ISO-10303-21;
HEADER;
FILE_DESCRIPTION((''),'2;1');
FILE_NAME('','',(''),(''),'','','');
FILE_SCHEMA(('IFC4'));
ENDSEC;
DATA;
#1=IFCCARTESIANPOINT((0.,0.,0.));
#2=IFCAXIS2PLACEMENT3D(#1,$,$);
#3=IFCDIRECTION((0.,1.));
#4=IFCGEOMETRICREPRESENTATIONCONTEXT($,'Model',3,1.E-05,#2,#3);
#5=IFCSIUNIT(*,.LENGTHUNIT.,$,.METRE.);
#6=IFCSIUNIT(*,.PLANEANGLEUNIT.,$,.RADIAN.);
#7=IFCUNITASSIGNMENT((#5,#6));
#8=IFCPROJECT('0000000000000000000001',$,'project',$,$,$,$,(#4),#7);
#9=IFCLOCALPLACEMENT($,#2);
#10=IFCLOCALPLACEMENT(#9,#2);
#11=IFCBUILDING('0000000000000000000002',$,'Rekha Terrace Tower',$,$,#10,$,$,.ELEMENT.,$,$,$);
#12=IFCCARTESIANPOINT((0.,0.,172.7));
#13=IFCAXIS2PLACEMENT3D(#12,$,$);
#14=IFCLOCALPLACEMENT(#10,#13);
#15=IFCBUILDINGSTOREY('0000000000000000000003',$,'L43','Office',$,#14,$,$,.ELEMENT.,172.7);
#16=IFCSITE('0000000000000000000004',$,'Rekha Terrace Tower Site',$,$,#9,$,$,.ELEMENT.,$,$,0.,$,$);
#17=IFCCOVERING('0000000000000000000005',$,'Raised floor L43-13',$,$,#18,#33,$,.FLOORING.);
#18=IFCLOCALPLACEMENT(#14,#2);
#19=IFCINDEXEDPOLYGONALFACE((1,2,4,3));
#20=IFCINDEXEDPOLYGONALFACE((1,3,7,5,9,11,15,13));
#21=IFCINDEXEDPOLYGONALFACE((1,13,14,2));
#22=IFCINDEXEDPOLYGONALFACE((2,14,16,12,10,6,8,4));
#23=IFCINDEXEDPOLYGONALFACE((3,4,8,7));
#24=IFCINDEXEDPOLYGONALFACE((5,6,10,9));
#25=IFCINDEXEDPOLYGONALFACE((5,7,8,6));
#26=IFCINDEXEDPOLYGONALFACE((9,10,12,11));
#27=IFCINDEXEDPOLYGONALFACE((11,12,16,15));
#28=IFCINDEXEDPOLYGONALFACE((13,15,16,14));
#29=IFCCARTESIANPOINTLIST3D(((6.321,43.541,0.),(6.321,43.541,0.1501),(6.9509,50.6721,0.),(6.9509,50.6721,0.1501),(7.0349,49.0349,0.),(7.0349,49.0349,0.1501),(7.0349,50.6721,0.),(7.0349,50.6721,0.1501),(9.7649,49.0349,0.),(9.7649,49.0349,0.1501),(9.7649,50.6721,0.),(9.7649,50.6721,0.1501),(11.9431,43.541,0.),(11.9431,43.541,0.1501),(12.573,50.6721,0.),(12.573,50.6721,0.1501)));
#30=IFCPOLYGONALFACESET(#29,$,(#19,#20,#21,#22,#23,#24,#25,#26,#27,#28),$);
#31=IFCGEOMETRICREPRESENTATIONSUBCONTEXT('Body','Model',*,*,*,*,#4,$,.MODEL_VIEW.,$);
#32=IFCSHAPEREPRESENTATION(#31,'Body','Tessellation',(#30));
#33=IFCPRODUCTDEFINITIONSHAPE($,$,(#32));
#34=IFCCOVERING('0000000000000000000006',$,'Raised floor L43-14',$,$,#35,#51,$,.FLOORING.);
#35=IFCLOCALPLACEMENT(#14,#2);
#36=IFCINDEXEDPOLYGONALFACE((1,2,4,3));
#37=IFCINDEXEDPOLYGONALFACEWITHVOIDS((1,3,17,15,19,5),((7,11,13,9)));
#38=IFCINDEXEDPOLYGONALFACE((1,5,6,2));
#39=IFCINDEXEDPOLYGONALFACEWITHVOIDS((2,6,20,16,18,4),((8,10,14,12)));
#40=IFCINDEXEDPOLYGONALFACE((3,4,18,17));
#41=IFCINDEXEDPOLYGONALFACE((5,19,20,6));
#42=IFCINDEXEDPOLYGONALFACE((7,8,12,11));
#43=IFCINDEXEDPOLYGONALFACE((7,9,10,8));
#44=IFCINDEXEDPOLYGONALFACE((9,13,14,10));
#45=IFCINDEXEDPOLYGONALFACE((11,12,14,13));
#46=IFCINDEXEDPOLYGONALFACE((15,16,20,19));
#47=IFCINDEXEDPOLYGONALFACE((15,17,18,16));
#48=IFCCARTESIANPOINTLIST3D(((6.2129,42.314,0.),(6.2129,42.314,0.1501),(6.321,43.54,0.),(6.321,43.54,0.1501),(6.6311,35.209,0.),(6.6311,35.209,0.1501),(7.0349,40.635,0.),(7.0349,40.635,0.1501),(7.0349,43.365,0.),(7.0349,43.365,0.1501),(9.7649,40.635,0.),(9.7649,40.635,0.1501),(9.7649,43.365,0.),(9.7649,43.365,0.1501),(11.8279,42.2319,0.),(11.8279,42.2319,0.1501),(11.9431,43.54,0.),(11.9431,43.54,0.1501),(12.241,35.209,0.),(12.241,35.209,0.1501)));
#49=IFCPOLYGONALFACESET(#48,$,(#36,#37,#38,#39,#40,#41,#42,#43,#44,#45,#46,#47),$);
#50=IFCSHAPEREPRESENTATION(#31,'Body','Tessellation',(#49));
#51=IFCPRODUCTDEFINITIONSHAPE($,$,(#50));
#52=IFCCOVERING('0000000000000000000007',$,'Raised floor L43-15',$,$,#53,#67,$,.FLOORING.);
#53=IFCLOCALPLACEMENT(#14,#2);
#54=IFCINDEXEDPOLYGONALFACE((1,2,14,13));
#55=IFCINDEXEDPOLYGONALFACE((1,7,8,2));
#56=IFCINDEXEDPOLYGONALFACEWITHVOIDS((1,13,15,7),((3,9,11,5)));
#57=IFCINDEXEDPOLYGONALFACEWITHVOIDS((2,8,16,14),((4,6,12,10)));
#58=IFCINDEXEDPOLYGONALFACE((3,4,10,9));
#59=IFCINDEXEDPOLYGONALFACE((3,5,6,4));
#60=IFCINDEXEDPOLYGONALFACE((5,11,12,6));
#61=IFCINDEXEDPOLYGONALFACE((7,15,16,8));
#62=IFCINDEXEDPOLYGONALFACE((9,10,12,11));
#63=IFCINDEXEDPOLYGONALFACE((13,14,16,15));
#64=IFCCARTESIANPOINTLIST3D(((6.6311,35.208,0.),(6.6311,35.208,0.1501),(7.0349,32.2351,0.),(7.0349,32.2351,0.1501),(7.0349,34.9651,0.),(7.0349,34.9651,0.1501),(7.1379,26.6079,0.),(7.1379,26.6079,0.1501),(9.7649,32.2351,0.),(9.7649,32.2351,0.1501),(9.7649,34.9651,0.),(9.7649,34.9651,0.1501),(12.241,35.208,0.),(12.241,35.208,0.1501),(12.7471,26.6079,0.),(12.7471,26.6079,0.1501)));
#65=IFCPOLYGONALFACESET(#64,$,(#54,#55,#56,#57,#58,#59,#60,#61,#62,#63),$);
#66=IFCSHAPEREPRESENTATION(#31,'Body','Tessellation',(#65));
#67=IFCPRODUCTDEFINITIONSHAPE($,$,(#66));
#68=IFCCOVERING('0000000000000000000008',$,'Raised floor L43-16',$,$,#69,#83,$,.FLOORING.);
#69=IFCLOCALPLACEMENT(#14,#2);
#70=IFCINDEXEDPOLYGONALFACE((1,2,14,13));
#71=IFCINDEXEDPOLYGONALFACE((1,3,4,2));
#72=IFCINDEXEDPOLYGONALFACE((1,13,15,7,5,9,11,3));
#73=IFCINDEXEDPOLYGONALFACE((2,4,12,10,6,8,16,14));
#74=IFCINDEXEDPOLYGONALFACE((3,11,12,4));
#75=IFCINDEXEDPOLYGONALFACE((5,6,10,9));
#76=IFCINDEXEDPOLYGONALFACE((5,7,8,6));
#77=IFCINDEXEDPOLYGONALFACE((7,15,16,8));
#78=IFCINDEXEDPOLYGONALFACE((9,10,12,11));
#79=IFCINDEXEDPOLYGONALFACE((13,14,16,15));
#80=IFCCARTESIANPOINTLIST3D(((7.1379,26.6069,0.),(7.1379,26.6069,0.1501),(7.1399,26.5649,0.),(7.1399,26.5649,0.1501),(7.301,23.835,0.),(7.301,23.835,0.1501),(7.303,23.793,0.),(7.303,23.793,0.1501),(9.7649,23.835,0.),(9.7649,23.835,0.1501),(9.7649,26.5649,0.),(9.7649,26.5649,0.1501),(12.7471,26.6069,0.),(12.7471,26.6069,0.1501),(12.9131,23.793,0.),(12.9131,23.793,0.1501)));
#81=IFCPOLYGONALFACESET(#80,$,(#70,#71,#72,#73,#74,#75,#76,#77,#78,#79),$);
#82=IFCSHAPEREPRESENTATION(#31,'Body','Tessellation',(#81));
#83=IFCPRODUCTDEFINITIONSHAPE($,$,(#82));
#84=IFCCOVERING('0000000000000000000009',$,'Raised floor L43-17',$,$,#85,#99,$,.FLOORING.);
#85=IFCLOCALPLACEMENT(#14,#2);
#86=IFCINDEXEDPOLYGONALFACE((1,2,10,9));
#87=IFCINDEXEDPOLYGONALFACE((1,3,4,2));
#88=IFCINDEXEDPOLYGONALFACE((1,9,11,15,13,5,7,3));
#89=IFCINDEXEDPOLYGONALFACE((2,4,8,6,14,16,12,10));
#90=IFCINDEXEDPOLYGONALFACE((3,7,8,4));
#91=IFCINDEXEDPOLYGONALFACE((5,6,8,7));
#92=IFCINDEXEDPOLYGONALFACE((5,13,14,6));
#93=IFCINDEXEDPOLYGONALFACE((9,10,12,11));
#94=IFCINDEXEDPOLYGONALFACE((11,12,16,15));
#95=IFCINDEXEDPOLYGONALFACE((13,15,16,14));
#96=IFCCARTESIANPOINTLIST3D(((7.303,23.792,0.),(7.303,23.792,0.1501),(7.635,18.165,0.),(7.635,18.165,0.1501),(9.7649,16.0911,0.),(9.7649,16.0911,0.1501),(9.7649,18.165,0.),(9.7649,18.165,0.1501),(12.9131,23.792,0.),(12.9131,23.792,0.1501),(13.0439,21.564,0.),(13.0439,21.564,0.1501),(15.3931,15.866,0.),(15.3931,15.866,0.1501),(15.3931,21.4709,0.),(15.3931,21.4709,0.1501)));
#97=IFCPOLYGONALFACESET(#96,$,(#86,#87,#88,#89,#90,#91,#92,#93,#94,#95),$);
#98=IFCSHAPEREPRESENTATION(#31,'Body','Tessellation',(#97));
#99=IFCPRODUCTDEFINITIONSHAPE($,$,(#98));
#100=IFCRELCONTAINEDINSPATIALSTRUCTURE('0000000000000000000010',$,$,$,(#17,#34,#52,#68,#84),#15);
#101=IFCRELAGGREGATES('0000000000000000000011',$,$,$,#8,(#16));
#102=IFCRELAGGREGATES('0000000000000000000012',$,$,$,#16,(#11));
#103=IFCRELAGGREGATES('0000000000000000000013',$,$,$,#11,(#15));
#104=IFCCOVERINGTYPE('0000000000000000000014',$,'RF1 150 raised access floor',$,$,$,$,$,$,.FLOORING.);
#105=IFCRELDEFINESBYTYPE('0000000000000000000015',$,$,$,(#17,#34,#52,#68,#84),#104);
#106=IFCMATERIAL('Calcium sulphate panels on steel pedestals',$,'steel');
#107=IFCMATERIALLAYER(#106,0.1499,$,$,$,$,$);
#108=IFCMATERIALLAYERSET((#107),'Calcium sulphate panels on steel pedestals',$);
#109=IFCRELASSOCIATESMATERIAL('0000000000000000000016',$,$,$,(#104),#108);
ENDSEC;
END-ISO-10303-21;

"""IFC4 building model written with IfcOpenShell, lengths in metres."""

from ifc_helpers import new_model, si_unit, direction, frame, origin, place, context, subcontext, project, spatial, polyline, outline, extrude, material, layer, layer_set, type_object, element, save


model = new_model("IFC4")

# Units and contexts
model_context = context("Model", 3, precision=1e-05, world=origin(), true_north=direction((0.0, 1.0)))
body_context = subcontext(model_context, "Body", "Model", "MODEL_VIEW")
ifc_project = project(units=[si_unit("LENGTHUNIT", "METRE"), si_unit("PLANEANGLEUNIT", "RADIAN")], contexts=[model_context])

# Site, building, storey
site_placement = place(None, origin())
site = spatial("IfcSite", under=ifc_project, at=site_placement, Name="Rekha Terrace Tower Site", CompositionType="ELEMENT", RefElevation=0.0)
building_placement = place(site_placement, origin())
building = spatial("IfcBuilding", under=site, at=building_placement, Name="Rekha Terrace Tower", CompositionType="ELEMENT")
storey_placement = place(building_placement, frame((0.0, 0.0, 172.7)))
storey = spatial("IfcBuildingStorey", under=building, at=storey_placement, Name="L43", Description="Office", CompositionType="ELEMENT", Elevation=172.7)

# Coverings
ifc_material_1 = material(Name="Calcium sulphate panels on steel pedestals", Category="steel")
ifc_layer_1 = layer(ifc_material_1, 0.1499)
ifc_layer_set_1 = layer_set([ifc_layer_1], Name="Calcium sulphate panels on steel pedestals")
covering_type_1 = type_object("IfcCoveringType", Name="RF1 150 raised access floor", PredefinedType="FLOORING", material=ifc_layer_set_1)
covering_1_placement = place(storey_placement, origin())
element("IfcCovering", 1, at=covering_1_placement, inside=storey, type_object=covering_type_1, Name="Raised floor L43-13", PredefinedType="FLOORING", context=body_context, shape_type="SweptSolid", body=[
    extrude(outline(polyline([(7.0349, 50.6721), (6.9509, 50.6721), (6.321, 43.541), (11.9431, 43.541), (12.573, 50.6721), (9.7649, 50.6721), (9.7649, 49.0349), (7.0349, 49.0349), (7.0349, 50.6721)])), origin(), (0.0, 0.0, 1.0), 0.1501),
])
covering_2_placement = place(storey_placement, origin())
element("IfcCovering", 2, at=covering_2_placement, inside=storey, type_object=covering_type_1, Name="Raised floor L43-14", PredefinedType="FLOORING", context=body_context, shape_type="SweptSolid", body=[
    extrude(outline(polyline([(6.2129, 42.314), (6.6311, 35.209), (12.241, 35.209), (11.8279, 42.2319), (11.9431, 43.54), (6.321, 43.54), (6.2129, 42.314)]), holes=[polyline([(9.7649, 40.635), (7.0349, 40.635), (7.0349, 43.365), (9.7649, 43.365), (9.7649, 40.635)])]), origin(), (0.0, 0.0, 1.0), 0.1501),
])
covering_3_placement = place(storey_placement, origin())
element("IfcCovering", 3, at=covering_3_placement, inside=storey, type_object=covering_type_1, Name="Raised floor L43-15", PredefinedType="FLOORING", context=body_context, shape_type="SweptSolid", body=[
    extrude(outline(polyline([(12.241, 35.208), (6.6311, 35.208), (7.1379, 26.6079), (12.7471, 26.6079), (12.241, 35.208)]), holes=[polyline([(9.7649, 34.9651), (9.7649, 32.2351), (7.0349, 32.2351), (7.0349, 34.9651), (9.7649, 34.9651)])]), origin(), (0.0, 0.0, 1.0), 0.1501),
])
covering_4_placement = place(storey_placement, origin())
element("IfcCovering", 4, at=covering_4_placement, inside=storey, type_object=covering_type_1, Name="Raised floor L43-16", PredefinedType="FLOORING", context=body_context, shape_type="SweptSolid", body=[
    extrude(outline(polyline([(9.7649, 23.835), (7.301, 23.835), (7.303, 23.793), (12.9131, 23.793), (12.7471, 26.6069), (7.1379, 26.6069), (7.1399, 26.5649), (9.7649, 26.5649), (9.7649, 23.835)])), origin(), (0.0, 0.0, 1.0), 0.1501),
])
covering_5_placement = place(storey_placement, origin())
element("IfcCovering", 5, at=covering_5_placement, inside=storey, type_object=covering_type_1, Name="Raised floor L43-17", PredefinedType="FLOORING", context=body_context, shape_type="SweptSolid", body=[
    extrude(outline(polyline([(9.7649, 16.0911), (15.3931, 15.866), (15.3931, 21.4709), (13.0439, 21.564), (12.9131, 23.792), (7.303, 23.792), (7.635, 18.165), (9.7649, 18.165), (9.7649, 16.0911)])), origin(), (0.0, 0.0, 1.0), 0.1501),
])

save(model, "model.ifc")
